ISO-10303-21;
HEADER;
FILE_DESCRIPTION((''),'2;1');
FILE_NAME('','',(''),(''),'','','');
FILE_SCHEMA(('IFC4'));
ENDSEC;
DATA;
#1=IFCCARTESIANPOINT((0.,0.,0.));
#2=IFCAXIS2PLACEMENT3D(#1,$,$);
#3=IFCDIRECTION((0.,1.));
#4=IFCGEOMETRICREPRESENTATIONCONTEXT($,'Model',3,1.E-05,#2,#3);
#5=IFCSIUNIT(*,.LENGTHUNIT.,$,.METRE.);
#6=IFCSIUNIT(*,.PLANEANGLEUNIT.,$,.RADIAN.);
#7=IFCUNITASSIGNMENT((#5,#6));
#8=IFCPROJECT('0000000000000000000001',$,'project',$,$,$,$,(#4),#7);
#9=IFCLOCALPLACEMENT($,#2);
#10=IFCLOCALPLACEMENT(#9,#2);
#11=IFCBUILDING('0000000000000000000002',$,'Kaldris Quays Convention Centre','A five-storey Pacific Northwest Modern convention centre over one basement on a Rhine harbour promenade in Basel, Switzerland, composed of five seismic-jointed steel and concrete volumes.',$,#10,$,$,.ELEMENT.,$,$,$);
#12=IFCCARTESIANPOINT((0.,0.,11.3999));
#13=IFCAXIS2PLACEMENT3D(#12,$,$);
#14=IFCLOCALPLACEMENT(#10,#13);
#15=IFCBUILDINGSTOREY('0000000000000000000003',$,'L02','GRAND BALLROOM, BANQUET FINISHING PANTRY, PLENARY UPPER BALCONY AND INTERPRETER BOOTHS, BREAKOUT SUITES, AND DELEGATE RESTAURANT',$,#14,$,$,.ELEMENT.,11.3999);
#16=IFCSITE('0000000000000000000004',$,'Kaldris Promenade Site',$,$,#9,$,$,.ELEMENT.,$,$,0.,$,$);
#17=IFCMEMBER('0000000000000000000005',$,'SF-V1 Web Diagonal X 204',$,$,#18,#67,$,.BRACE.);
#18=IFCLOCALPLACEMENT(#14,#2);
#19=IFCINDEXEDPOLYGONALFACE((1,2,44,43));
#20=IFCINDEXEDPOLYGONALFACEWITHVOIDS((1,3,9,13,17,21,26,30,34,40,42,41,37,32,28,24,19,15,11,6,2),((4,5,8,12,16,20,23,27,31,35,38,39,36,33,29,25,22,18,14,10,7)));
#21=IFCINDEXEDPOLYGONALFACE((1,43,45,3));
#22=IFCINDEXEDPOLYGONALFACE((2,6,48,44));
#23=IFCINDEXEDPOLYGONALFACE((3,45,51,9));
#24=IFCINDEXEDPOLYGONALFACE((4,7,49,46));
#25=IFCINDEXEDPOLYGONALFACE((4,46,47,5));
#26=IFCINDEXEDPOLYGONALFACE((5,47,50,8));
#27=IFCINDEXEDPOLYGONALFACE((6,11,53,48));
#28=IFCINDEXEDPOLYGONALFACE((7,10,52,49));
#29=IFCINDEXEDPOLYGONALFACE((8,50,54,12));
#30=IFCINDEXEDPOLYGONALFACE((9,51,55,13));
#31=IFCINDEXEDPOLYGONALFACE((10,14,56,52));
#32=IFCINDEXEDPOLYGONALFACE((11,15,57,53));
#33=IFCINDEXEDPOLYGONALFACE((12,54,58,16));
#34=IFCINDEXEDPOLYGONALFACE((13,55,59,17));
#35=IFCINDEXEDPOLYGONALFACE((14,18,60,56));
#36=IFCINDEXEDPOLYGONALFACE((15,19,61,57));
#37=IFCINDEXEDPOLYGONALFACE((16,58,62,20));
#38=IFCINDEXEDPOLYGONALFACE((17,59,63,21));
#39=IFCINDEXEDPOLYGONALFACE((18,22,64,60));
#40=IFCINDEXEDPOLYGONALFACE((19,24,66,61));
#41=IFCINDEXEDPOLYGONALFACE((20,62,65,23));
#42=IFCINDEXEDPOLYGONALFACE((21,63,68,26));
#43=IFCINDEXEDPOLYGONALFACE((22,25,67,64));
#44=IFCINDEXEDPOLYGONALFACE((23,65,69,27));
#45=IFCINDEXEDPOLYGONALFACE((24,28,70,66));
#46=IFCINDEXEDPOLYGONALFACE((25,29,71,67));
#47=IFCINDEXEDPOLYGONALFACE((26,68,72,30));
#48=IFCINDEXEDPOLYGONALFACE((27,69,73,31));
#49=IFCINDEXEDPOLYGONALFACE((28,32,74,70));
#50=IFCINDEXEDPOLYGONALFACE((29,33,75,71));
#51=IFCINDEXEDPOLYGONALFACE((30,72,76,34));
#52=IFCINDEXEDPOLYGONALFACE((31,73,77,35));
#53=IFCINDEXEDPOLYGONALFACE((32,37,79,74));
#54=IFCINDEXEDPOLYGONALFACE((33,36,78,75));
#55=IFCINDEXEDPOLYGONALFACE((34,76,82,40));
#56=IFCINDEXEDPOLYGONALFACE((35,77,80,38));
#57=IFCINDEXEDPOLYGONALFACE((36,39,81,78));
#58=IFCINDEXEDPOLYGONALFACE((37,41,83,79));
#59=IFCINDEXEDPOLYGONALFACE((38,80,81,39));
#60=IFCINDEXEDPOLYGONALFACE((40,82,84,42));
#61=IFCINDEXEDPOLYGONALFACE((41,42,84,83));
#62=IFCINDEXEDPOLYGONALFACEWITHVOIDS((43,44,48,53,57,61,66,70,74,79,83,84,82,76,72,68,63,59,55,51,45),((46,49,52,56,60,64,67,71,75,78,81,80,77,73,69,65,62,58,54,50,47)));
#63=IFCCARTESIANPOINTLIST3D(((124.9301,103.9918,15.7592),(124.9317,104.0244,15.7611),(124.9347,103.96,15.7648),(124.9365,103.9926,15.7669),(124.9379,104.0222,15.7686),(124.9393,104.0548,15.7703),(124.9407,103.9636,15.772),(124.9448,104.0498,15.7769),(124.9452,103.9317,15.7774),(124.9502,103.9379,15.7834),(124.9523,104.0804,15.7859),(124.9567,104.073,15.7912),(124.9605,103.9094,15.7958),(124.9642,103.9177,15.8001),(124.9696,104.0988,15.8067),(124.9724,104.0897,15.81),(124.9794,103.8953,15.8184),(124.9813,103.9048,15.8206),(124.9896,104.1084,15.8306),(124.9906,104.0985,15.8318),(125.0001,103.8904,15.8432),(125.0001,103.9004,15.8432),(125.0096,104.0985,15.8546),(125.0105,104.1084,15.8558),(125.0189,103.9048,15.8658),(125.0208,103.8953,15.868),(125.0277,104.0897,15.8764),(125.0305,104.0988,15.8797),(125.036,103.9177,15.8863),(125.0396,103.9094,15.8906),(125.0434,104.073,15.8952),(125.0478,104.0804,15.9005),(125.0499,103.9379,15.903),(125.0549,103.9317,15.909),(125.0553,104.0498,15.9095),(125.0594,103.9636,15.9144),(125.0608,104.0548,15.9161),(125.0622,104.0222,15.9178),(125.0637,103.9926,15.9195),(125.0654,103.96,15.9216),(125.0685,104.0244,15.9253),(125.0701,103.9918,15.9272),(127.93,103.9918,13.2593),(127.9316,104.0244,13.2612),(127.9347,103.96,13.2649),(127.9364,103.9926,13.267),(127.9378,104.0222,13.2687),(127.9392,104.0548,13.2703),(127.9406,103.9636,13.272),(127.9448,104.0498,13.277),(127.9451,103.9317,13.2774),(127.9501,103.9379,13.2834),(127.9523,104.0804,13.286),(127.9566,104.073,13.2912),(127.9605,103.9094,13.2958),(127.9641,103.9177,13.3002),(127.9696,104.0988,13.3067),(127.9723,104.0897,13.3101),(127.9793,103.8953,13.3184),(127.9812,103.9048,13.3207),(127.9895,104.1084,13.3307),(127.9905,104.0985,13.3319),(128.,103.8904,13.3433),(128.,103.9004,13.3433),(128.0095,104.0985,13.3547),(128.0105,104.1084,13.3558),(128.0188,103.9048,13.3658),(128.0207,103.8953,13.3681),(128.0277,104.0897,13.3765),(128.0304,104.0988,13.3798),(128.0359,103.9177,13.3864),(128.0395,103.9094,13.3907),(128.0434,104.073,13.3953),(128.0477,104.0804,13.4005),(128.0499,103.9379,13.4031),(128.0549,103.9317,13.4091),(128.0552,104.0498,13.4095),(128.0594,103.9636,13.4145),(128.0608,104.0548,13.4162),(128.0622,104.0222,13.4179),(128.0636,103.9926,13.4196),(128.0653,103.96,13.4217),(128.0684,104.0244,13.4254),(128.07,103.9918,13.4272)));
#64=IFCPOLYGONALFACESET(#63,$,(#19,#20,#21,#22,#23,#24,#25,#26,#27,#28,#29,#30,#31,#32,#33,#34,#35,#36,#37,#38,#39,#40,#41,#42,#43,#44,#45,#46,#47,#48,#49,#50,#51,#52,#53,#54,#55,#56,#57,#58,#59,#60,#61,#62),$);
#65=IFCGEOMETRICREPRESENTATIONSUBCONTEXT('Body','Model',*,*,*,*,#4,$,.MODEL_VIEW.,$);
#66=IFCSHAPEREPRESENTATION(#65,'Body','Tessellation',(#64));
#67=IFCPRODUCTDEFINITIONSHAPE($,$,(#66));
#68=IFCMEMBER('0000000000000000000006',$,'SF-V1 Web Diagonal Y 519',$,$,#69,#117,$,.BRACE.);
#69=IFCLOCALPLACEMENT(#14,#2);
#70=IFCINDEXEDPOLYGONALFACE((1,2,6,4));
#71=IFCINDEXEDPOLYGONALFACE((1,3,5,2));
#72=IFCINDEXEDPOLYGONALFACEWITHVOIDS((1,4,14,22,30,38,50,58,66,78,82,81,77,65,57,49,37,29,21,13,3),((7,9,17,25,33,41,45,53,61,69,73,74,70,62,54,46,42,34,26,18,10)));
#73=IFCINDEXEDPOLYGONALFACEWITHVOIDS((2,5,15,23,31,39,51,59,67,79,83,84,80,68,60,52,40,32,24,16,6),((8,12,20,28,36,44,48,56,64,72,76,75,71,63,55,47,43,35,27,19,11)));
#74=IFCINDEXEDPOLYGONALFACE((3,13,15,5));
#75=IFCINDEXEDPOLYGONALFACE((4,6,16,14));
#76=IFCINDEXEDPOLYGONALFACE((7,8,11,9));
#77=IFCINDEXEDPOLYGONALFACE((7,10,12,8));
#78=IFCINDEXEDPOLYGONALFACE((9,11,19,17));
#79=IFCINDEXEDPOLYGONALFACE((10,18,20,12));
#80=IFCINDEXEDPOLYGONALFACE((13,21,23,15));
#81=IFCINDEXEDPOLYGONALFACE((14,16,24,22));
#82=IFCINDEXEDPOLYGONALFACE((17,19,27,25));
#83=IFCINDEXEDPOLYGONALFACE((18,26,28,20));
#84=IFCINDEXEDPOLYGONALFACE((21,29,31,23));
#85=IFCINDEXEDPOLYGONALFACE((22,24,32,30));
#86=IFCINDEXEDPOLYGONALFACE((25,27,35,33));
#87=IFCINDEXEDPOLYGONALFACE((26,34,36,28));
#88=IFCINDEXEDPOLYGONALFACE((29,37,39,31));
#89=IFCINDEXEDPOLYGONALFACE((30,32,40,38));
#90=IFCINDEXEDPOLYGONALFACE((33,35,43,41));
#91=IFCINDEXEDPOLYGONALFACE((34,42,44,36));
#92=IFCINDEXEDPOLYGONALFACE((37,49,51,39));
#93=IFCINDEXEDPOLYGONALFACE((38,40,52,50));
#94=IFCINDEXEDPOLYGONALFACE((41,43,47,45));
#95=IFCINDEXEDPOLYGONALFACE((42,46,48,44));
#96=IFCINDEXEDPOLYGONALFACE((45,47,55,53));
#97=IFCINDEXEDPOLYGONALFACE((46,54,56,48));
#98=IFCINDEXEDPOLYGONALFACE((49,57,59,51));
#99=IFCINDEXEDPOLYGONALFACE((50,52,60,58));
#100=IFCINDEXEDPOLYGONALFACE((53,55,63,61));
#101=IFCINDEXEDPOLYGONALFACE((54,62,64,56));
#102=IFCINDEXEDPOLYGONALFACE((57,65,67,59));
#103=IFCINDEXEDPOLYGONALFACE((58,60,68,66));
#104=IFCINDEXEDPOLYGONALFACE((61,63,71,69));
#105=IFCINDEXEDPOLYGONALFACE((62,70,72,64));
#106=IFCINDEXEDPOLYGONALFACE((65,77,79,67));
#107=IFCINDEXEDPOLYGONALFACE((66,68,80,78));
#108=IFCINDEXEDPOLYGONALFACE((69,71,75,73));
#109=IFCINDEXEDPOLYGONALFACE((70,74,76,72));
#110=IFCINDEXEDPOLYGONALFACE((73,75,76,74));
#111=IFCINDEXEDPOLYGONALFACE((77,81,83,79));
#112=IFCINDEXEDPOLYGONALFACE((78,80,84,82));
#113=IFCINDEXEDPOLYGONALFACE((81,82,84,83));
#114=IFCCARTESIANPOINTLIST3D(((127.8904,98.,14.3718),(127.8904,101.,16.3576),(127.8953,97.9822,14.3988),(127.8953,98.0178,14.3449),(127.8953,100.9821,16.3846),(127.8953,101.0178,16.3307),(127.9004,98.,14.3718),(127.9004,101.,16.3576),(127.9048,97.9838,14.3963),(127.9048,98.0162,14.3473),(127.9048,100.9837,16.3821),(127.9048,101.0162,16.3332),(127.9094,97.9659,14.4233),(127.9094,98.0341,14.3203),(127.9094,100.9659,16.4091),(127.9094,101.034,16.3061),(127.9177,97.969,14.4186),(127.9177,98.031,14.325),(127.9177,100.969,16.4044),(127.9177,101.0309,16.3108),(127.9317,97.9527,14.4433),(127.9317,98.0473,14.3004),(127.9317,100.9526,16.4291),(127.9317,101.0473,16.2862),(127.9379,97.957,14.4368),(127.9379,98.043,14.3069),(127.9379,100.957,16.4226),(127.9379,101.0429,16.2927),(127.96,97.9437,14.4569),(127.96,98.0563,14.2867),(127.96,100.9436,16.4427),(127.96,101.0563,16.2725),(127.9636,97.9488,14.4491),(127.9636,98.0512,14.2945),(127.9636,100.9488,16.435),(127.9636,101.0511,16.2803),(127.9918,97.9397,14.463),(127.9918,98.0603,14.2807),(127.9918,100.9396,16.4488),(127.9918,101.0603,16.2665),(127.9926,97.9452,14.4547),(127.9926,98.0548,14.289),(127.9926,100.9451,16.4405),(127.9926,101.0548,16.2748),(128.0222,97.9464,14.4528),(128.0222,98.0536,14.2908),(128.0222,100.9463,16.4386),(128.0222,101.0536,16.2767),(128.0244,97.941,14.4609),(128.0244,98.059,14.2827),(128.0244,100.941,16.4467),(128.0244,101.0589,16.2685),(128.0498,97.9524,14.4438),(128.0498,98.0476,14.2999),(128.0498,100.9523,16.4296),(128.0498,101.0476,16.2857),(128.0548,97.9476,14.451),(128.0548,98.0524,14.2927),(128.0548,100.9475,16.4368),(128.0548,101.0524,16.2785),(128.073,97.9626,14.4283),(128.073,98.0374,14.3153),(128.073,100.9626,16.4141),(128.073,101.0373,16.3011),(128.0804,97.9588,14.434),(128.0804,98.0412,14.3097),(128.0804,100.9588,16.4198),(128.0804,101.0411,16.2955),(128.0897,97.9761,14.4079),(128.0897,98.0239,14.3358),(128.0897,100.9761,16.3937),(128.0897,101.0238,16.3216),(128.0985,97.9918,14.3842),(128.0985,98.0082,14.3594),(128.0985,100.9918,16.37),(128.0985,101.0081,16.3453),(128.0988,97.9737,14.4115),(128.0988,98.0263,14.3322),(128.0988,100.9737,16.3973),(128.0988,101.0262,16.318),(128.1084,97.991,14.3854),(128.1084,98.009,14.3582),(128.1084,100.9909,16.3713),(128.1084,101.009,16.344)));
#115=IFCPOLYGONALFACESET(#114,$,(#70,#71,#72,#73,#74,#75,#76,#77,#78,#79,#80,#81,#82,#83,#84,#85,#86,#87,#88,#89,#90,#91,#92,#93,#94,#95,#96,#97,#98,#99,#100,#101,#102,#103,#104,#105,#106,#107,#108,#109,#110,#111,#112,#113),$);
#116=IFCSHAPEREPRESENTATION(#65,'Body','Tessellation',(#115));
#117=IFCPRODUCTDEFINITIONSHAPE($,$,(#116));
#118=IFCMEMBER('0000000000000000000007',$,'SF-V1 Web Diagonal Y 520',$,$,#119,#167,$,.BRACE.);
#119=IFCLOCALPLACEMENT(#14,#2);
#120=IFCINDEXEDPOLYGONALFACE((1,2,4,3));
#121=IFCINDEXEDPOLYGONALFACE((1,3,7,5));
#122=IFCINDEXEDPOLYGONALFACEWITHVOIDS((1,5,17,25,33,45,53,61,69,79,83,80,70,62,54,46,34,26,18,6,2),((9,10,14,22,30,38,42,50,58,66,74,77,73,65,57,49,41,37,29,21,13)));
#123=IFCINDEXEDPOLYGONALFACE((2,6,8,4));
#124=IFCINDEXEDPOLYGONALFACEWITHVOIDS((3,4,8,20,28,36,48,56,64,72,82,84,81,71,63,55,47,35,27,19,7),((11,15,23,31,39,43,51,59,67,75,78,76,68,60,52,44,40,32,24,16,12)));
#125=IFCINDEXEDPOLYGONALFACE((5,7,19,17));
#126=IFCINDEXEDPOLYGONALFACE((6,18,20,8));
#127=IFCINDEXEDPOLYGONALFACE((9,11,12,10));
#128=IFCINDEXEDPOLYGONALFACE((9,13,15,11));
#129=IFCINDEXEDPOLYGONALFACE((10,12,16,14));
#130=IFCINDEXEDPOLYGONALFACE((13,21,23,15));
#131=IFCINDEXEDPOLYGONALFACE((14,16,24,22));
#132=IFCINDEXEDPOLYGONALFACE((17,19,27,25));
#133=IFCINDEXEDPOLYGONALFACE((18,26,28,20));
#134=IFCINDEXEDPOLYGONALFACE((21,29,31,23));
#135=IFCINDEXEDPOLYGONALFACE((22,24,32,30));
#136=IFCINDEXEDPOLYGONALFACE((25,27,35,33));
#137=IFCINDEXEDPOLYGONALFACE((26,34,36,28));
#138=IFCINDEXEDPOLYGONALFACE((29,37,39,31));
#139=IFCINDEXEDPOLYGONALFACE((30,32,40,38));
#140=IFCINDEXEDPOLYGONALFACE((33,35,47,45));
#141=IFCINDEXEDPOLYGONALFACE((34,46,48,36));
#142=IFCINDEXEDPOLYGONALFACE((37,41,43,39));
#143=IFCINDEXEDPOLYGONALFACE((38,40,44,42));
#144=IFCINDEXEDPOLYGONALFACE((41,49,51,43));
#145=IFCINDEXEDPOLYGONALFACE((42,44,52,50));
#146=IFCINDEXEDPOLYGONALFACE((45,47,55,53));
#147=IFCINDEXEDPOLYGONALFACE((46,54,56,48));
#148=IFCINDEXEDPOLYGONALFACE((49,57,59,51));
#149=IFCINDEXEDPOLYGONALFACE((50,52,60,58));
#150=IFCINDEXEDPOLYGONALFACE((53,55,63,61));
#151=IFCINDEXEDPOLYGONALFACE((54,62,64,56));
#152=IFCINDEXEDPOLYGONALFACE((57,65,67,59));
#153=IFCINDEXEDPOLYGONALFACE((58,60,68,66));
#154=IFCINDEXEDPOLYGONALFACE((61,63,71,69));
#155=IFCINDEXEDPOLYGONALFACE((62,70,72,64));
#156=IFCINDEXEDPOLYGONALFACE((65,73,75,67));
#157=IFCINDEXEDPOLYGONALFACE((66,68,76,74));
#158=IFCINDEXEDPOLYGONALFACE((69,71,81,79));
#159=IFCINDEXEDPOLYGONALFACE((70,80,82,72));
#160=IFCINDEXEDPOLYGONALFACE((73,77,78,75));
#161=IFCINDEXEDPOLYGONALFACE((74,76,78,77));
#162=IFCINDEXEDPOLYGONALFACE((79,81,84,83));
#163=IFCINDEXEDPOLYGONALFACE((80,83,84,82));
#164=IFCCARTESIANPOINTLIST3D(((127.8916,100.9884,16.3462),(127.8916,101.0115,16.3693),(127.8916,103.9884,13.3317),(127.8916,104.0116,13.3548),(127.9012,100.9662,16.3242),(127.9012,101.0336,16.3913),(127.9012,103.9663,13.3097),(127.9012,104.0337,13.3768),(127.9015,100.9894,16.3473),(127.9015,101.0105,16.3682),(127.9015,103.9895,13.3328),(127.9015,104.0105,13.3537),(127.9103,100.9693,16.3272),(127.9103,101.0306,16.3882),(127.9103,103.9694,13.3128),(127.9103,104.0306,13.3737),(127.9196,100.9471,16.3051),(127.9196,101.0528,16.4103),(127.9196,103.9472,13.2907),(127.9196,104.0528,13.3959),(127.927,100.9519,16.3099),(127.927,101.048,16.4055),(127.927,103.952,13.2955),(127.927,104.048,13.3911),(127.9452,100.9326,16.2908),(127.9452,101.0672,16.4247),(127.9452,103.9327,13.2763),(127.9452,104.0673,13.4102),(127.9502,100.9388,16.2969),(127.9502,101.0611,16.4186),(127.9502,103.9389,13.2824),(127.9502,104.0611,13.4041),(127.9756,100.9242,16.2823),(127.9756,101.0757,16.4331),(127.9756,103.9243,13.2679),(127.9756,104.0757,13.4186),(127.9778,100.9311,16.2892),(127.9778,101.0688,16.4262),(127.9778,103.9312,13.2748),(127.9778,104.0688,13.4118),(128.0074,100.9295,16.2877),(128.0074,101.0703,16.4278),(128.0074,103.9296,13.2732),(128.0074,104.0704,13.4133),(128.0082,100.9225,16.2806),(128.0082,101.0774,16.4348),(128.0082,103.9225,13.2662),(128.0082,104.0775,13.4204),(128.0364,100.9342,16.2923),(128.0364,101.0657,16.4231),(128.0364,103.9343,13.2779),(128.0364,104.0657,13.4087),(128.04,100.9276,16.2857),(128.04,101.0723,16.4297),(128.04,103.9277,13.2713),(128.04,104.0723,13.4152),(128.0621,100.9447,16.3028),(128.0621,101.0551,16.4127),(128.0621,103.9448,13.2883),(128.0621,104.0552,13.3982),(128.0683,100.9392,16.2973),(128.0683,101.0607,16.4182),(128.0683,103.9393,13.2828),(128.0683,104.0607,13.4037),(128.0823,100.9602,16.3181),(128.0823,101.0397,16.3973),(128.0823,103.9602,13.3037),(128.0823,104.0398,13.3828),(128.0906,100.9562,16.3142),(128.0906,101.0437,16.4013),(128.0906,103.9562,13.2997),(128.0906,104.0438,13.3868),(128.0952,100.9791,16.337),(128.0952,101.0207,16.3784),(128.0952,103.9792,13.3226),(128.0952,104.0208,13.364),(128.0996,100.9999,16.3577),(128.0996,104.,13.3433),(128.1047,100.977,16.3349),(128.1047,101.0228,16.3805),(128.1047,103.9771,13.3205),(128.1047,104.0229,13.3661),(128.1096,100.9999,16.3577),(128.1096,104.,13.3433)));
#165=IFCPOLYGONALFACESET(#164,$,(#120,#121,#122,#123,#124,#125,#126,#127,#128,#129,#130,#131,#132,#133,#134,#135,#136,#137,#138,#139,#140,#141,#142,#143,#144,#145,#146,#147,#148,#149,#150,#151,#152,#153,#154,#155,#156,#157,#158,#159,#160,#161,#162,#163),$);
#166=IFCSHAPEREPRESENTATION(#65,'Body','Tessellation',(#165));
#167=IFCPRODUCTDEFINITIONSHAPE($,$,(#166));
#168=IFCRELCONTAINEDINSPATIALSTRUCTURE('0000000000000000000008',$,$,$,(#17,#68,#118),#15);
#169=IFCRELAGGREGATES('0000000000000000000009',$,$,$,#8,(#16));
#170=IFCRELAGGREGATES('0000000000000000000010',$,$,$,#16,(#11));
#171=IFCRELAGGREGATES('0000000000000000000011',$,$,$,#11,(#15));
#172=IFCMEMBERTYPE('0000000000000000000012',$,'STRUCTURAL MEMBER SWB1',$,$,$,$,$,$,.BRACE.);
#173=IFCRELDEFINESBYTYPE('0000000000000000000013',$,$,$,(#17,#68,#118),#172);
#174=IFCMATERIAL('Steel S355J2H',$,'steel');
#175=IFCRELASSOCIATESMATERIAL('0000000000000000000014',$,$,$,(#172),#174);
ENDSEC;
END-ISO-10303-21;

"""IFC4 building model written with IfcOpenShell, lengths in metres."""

from ifc_helpers import new_model, si_unit, direction, frame, origin, origin_2d, place, context, subcontext, project, spatial, hollow_circle, extrude, material, material_profile, profile_set, type_object, element, save


model = new_model("IFC4")

# Units and contexts
model_context = context("Model", 3, precision=1e-05, world=origin(), true_north=direction((0.0, 1.0)))
body_context = subcontext(model_context, "Body", "Model", "MODEL_VIEW")
ifc_project = project(units=[si_unit("LENGTHUNIT", "METRE"), si_unit("PLANEANGLEUNIT", "RADIAN")], contexts=[model_context])

# Site, building, storey
site_placement = place(None, origin())
site = spatial("IfcSite", under=ifc_project, at=site_placement, Name="Kaldris Promenade Site", CompositionType="ELEMENT", RefElevation=0.0)
building_placement = place(site_placement, origin())
building = spatial("IfcBuilding", under=site, at=building_placement, Name="Kaldris Quays Convention Centre", Description="A five-storey Pacific Northwest Modern convention centre over one basement on a Rhine harbour promenade in Basel, Switzerland, composed of five seismic-jointed steel and concrete volumes.", CompositionType="ELEMENT")
storey_placement = place(building_placement, frame((0.0, 0.0, 11.3999)))
storey = spatial("IfcBuildingStorey", under=building, at=storey_placement, Name="L02", Description="GRAND BALLROOM, BANQUET FINISHING PANTRY, PLENARY UPPER BALCONY AND INTERPRETER BOOTHS, BREAKOUT SUITES, AND DELEGATE RESTAURANT", CompositionType="ELEMENT", Elevation=11.3999)

# Members
ifc_material_1 = material(Name="Steel S355J2H", Category="steel")
ifc_material_profile_1 = material_profile(ifc_material_1, hollow_circle(Radius=0.1096, WallThickness=0.01, at=origin_2d()), Name="CHS 219.1x10")
ifc_profile_set_1 = profile_set([ifc_material_profile_1], Name="Steel S355J2H")
member_type_1 = type_object("IfcMemberType", Name="STRUCTURAL MEMBER SWB1", PredefinedType="BRACE", material=ifc_profile_set_1)
for number, where, z_axis, x_axis, name in (
    (1, (128.0, 104.0, 13.3433), (-0.768221, 0.0, 0.640184), (0.0, -1.0, 0.0), "SF-V1 Web Diagonal X 204"),
):
    element("IfcMember", number, at=place(storey_placement, frame(where, z_axis=z_axis, x_axis=x_axis)), inside=storey, type_object=member_type_1, Name=name, PredefinedType="BRACE", context=body_context, shape_type="SweptSolid", body=[
        extrude(hollow_circle(Radius=0.1096, WallThickness=0.01, at=origin_2d()), origin(), (0.0, 0.0, 1.0), 3.905),
    ])
member_1_placement = place(storey_placement, frame((128.0, 98.0, 14.3718), z_axis=(0.0, 0.833862, 0.551972), x_axis=(-1.0, 0.0, 0.0)))
element("IfcMember", 2, at=member_1_placement, inside=storey, type_object=member_type_1, Name="SF-V1 Web Diagonal Y 519", PredefinedType="BRACE", context=body_context, shape_type="SweptSolid", body=[
    extrude(hollow_circle(Radius=0.1096, WallThickness=0.01, at=origin_2d()), origin(), (0.0, 0.0, 1.0), 3.5977),
])
member_2_placement = place(storey_placement, frame((128.0, 104.0, 13.3433), z_axis=(0.0, -0.705411, 0.708798), x_axis=(1.0, 0.0, 0.0)))
element("IfcMember", 3, at=member_2_placement, inside=storey, type_object=member_type_1, Name="SF-V1 Web Diagonal Y 520", PredefinedType="BRACE", context=body_context, shape_type="SweptSolid", body=[
    extrude(hollow_circle(Radius=0.1096, WallThickness=0.01, at=origin_2d()), origin(), (0.0, 0.0, 1.0), 4.2529),
])

save(model, "model.ifc")
